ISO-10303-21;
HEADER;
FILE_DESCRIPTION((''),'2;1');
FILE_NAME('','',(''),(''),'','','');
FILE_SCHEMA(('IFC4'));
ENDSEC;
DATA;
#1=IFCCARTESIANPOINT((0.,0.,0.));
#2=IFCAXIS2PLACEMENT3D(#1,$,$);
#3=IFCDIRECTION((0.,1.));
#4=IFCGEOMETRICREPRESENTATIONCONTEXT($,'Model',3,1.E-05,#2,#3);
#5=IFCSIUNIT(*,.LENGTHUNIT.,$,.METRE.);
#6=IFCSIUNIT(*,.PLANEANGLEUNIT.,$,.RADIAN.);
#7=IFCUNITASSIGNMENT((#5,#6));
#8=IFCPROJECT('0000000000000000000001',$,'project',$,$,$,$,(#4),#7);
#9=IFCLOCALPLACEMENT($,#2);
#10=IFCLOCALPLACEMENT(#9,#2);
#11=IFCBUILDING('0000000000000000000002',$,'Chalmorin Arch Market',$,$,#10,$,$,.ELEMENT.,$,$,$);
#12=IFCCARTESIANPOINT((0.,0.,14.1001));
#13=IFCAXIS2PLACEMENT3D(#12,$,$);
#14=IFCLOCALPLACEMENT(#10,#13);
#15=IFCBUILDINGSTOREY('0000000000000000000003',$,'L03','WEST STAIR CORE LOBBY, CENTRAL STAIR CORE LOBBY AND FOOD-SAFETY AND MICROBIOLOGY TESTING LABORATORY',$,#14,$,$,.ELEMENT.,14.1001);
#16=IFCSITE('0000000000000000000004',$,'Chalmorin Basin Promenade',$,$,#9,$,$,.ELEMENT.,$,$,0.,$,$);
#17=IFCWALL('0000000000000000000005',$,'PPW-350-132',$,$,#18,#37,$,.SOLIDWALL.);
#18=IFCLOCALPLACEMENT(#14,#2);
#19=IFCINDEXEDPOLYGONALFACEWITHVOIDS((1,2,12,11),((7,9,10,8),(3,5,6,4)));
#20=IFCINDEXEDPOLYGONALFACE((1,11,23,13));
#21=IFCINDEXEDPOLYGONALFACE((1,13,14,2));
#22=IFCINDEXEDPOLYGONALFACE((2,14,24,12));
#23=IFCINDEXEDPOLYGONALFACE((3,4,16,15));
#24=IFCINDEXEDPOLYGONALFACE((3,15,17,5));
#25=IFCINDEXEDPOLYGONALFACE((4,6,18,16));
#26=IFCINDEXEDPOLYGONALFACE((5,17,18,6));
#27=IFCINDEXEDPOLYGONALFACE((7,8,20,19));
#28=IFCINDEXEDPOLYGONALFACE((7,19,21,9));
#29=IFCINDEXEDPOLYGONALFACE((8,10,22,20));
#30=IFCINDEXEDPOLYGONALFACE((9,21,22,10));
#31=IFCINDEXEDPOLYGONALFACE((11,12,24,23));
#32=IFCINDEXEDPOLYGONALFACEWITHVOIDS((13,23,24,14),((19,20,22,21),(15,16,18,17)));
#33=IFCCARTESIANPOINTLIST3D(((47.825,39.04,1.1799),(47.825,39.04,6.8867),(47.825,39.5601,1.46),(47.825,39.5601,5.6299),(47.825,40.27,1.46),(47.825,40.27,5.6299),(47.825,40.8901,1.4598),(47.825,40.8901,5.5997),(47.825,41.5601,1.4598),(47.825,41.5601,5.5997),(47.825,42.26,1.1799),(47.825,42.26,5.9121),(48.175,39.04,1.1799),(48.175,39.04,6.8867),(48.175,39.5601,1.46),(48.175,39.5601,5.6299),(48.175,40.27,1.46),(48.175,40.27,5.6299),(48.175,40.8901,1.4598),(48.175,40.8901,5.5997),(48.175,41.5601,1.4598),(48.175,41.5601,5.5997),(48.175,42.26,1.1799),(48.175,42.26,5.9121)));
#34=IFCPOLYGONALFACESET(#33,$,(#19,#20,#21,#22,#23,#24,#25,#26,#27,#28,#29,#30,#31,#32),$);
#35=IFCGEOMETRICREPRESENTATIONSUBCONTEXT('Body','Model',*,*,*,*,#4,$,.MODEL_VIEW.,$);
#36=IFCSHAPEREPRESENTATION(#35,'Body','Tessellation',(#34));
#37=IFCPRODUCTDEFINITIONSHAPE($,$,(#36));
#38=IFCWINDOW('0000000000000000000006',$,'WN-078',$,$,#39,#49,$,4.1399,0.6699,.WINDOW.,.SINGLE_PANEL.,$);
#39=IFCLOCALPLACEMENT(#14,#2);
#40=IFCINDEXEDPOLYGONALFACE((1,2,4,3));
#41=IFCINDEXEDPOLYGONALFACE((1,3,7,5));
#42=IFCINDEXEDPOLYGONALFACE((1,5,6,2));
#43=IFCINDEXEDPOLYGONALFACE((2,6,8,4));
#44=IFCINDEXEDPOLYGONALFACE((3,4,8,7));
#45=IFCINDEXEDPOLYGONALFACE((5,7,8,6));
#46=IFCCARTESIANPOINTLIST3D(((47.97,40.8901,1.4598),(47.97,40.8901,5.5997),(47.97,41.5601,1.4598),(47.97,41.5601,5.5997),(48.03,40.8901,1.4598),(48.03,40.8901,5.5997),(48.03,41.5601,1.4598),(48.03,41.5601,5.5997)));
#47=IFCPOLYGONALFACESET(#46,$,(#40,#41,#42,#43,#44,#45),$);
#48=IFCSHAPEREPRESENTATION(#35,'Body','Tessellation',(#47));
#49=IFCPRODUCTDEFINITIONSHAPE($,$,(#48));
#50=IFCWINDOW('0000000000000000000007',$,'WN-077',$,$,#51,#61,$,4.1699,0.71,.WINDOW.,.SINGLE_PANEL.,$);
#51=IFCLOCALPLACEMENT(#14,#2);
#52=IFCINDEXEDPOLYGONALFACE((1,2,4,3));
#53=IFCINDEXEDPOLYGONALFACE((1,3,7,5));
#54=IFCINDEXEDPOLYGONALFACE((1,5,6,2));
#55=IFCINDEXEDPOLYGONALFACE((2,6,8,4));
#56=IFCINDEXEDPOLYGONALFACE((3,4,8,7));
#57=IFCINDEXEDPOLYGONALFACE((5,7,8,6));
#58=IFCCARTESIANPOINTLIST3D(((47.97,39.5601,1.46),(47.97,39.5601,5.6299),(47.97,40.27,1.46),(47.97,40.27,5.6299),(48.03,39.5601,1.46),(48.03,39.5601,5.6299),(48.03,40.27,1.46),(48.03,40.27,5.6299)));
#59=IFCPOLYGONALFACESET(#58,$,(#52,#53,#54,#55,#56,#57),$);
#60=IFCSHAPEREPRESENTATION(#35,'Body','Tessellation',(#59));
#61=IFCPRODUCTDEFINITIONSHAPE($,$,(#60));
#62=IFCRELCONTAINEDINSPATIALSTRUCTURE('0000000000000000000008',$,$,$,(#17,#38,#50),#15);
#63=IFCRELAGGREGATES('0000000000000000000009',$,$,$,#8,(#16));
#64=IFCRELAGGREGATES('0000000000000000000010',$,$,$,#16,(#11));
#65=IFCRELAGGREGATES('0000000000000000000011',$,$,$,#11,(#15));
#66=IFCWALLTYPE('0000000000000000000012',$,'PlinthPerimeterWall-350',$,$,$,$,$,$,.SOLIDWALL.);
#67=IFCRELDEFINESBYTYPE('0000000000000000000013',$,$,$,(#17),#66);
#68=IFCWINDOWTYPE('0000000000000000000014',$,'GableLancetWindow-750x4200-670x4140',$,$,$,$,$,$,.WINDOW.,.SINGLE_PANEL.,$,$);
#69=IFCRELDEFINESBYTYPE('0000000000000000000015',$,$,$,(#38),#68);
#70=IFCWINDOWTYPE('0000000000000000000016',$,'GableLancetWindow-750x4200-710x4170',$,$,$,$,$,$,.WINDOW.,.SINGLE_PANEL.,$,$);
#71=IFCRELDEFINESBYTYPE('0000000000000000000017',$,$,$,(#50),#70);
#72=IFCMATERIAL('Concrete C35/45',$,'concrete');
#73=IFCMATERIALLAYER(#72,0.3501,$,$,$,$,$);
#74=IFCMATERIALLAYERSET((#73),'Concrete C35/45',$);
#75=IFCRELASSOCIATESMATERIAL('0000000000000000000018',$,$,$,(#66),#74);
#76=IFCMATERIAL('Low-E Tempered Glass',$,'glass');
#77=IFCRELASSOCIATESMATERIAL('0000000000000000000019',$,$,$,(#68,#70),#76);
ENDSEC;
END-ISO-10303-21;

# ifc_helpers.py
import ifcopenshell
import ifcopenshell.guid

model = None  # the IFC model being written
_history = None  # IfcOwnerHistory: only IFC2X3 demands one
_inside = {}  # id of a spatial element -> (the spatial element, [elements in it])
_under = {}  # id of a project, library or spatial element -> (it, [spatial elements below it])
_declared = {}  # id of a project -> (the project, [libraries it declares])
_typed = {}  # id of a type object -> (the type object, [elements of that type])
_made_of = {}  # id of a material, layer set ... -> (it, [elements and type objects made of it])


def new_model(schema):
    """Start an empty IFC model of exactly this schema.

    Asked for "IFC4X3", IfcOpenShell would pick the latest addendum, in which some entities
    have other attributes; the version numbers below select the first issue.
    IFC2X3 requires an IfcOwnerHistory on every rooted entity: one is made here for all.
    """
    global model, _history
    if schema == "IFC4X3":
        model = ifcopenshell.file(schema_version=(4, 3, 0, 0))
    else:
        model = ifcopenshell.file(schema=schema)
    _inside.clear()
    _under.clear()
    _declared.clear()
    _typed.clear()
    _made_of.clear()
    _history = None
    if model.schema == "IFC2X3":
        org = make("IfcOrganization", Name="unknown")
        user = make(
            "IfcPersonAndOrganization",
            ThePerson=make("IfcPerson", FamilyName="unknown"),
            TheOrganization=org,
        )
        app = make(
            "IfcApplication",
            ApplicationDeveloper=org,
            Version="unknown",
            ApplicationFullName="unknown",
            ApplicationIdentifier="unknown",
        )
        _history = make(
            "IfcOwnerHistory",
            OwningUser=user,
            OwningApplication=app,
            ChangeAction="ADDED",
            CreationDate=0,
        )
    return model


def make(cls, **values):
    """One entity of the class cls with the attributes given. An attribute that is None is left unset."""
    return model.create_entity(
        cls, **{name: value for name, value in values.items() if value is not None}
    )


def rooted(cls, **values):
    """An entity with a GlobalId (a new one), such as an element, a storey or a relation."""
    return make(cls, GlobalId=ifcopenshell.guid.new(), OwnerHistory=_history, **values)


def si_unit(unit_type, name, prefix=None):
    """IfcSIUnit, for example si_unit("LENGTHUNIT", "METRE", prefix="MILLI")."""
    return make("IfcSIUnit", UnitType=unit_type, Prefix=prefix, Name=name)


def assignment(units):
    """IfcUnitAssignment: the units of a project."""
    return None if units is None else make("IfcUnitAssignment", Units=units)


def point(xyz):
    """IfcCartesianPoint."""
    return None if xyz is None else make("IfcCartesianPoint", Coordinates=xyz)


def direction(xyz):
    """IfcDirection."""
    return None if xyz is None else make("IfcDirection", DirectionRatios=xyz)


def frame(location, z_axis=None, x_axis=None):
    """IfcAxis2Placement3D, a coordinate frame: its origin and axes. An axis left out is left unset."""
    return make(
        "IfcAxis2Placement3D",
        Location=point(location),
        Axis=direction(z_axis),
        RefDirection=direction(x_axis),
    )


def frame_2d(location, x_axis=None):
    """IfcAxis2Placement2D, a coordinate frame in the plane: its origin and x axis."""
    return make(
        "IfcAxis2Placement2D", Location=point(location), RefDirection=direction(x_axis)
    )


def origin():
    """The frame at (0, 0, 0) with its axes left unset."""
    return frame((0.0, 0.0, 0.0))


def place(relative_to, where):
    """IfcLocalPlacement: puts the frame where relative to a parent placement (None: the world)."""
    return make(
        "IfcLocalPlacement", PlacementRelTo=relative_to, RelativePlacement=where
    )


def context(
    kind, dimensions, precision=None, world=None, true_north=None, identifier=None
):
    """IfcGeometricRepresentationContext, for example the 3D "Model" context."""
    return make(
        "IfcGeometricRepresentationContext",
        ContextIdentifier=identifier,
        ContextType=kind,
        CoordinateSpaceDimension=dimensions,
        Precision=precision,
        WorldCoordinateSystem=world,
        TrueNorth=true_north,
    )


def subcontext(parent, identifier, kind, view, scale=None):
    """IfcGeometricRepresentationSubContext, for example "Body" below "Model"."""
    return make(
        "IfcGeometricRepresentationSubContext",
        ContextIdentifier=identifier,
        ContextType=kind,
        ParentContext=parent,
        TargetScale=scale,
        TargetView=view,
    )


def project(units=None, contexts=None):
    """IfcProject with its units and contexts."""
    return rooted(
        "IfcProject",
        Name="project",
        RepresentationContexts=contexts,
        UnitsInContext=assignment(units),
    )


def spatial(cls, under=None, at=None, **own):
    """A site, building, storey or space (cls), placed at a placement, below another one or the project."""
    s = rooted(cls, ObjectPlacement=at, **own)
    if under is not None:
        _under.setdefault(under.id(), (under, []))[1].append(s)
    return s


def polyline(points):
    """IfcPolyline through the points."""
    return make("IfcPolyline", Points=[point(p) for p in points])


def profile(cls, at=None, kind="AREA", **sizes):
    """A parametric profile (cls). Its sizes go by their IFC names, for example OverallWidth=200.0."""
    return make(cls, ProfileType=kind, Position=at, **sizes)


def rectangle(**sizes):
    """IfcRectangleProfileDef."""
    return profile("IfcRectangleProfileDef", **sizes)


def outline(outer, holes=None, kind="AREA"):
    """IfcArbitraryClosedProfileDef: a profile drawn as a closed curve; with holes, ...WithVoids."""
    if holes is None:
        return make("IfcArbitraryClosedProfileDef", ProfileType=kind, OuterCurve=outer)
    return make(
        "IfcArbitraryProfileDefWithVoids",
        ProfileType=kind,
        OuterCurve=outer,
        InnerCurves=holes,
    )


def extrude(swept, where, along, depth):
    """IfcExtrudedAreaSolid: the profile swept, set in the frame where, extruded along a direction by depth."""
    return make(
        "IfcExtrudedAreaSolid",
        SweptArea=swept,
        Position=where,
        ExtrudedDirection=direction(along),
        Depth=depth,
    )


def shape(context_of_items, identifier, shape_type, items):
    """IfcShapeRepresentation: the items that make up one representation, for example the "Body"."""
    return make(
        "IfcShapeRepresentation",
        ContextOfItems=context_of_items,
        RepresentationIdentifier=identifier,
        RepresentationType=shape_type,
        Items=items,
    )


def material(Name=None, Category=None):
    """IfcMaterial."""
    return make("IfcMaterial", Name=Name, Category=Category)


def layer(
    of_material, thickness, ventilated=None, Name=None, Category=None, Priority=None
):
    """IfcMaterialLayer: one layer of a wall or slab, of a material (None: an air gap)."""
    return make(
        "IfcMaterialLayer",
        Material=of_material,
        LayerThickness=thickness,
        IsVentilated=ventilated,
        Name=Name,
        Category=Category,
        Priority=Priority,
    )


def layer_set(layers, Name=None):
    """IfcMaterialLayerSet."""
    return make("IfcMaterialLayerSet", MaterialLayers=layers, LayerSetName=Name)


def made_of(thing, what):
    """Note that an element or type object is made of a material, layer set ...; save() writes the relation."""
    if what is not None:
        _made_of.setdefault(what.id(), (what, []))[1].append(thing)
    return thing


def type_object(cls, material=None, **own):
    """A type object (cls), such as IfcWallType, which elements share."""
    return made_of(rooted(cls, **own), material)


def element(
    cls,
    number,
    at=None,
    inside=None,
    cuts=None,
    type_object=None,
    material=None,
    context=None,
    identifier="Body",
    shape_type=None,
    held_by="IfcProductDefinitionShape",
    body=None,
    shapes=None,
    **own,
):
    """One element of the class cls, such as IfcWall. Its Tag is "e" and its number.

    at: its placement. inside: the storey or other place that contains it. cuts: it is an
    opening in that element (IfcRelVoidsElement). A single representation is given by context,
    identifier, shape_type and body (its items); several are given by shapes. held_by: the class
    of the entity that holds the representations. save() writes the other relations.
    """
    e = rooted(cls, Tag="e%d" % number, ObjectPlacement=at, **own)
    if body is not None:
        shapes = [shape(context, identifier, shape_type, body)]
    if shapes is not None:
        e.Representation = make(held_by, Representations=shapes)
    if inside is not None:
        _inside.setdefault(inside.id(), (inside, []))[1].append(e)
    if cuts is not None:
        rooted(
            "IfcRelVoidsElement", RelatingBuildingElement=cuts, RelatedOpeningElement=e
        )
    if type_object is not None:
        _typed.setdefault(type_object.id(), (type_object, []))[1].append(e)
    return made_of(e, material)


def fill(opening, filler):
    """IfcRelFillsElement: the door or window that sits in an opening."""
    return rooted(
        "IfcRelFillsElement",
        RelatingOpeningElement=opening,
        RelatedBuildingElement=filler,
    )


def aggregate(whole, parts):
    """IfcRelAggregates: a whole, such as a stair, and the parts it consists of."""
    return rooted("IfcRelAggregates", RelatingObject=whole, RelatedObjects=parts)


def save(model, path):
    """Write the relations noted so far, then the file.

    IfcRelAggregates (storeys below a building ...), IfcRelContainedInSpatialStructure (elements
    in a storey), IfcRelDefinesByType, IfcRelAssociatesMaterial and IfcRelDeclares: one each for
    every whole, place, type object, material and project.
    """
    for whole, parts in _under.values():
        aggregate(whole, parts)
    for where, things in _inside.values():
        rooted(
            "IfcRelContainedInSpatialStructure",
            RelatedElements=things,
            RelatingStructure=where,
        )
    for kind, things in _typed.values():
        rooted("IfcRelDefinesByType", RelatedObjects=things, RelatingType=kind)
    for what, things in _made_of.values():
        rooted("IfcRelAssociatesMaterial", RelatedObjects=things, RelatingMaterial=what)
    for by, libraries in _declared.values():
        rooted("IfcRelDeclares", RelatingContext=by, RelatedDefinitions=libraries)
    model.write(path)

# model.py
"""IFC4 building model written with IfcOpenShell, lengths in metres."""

from ifc_helpers import new_model, si_unit, direction, frame, frame_2d, origin, place, context, subcontext, project, spatial, polyline, rectangle, outline, extrude, material, layer, layer_set, type_object, element, fill, save


model = new_model("IFC4")

# Units and contexts
model_context = context("Model", 3, precision=1e-05, world=origin(), true_north=direction((0.0, 1.0)))
body_context = subcontext(model_context, "Body", "Model", "MODEL_VIEW")
ifc_project = project(units=[si_unit("LENGTHUNIT", "METRE"), si_unit("PLANEANGLEUNIT", "RADIAN")], contexts=[model_context])

# Site, building, storey
site_placement = place(None, origin())
site = spatial("IfcSite", under=ifc_project, at=site_placement, Name="Chalmorin Basin Promenade", CompositionType="ELEMENT", RefElevation=0.0)
building_placement = place(site_placement, origin())
building = spatial("IfcBuilding", under=site, at=building_placement, Name="Chalmorin Arch Market", CompositionType="ELEMENT")
storey_placement = place(building_placement, frame((0.0, 0.0, 14.1001)))
storey = spatial("IfcBuildingStorey", under=building, at=storey_placement, Name="L03", Description="WEST STAIR CORE LOBBY, CENTRAL STAIR CORE LOBBY AND FOOD-SAFETY AND MICROBIOLOGY TESTING LABORATORY", CompositionType="ELEMENT", Elevation=14.1001)

# Wall, openings, windows
ifc_material_1 = material(Name="Concrete C35/45", Category="concrete")
ifc_layer_1 = layer(ifc_material_1, 0.3501)
ifc_layer_set_1 = layer_set([ifc_layer_1], Name="Concrete C35/45")
wall_type = type_object("IfcWallType", Name="PlinthPerimeterWall-350", PredefinedType="SOLIDWALL", material=ifc_layer_set_1)
ifc_material_2 = material(Name="Low-E Tempered Glass", Category="glass")
window_type_1 = type_object("IfcWindowType", Name="GableLancetWindow-750x4200-670x4140", PartitioningType="SINGLE_PANEL", PredefinedType="WINDOW", material=ifc_material_2)
window_type_2 = type_object("IfcWindowType", Name="GableLancetWindow-750x4200-710x4170", PartitioningType="SINGLE_PANEL", PredefinedType="WINDOW", material=ifc_material_2)
wall_1_placement = place(storey_placement, frame((48.0, 39.04, 1.1799), z_axis=(0.0, 0.0, 1.0), x_axis=(0.0, 1.0, 0.0)))
wall_1 = element("IfcWall", 1, at=wall_1_placement, inside=storey, type_object=wall_type, Name="PPW-350-132", PredefinedType="SOLIDWALL", context=body_context, shape_type="SweptSolid", body=[
    extrude(outline(polyline([(0.0, 0.0), (3.22, 0.0), (3.22, 4.7322), (0.0, 5.7068), (0.0, 0.0)])), frame((0.0, 0.175, 0.0), z_axis=(0.0, -1.0, 0.0), x_axis=(1.0, 0.0, 0.0)), (0.0, 0.0, 1.0), 0.3501),
])
opening_1_placement = place(wall_1_placement, frame((0.52, 0.0, 0.28)))
opening_1 = element("IfcOpeningElement", 2, at=opening_1_placement, cuts=wall_1, PredefinedType="OPENING", context=body_context, shape_type="SweptSolid", body=[
    extrude(rectangle(XDim=0.71, YDim=4.1699, at=frame_2d((0.355, 2.085))), frame((0.0, 0.1851, 0.0), z_axis=(0.0, -1.0, 0.0), x_axis=(1.0, 0.0, 0.0)), (0.0, 0.0, 1.0), 0.3701),
])
opening_2_placement = place(wall_1_placement, frame((1.8501, 0.0, 0.28)))
opening_2 = element("IfcOpeningElement", 3, at=opening_2_placement, cuts=wall_1, PredefinedType="OPENING", context=body_context, shape_type="SweptSolid", body=[
    extrude(rectangle(XDim=0.6699, YDim=4.1399, at=frame_2d((0.335, 2.0698))), frame((0.0, 0.1851, 0.0), z_axis=(0.0, -1.0, 0.0), x_axis=(1.0, 0.0, 0.0)), (0.0, 0.0, 1.0), 0.3701),
])
window_1_placement = place(opening_2_placement, origin())
window_1 = element("IfcWindow", 4, at=window_1_placement, inside=storey, type_object=window_type_1, Name="WN-078", OverallHeight=4.1399, OverallWidth=0.6699, PartitioningType="SINGLE_PANEL", PredefinedType="WINDOW", context=body_context, shape_type="SweptSolid", body=[
    extrude(rectangle(XDim=0.6699, YDim=4.1399, at=frame_2d((0.335, 2.0698))), frame((0.0, 0.03, 0.0), z_axis=(0.0, -1.0, 0.0), x_axis=(1.0, 0.0, 0.0)), (0.0, 0.0, 1.0), 0.0601),
])
fill(opening_2, window_1)
window_2_placement = place(opening_1_placement, origin())
window_2 = element("IfcWindow", 5, at=window_2_placement, inside=storey, type_object=window_type_2, Name="WN-077", OverallHeight=4.1699, OverallWidth=0.71, PartitioningType="SINGLE_PANEL", PredefinedType="WINDOW", context=body_context, shape_type="SweptSolid", body=[
    extrude(rectangle(XDim=0.71, YDim=4.1699, at=frame_2d((0.355, 2.085))), frame((0.0, 0.03, 0.0), z_axis=(0.0, -1.0, 0.0), x_axis=(1.0, 0.0, 0.0)), (0.0, 0.0, 1.0), 0.0601),
])
fill(opening_1, window_2)

save(model, "model.ifc")
